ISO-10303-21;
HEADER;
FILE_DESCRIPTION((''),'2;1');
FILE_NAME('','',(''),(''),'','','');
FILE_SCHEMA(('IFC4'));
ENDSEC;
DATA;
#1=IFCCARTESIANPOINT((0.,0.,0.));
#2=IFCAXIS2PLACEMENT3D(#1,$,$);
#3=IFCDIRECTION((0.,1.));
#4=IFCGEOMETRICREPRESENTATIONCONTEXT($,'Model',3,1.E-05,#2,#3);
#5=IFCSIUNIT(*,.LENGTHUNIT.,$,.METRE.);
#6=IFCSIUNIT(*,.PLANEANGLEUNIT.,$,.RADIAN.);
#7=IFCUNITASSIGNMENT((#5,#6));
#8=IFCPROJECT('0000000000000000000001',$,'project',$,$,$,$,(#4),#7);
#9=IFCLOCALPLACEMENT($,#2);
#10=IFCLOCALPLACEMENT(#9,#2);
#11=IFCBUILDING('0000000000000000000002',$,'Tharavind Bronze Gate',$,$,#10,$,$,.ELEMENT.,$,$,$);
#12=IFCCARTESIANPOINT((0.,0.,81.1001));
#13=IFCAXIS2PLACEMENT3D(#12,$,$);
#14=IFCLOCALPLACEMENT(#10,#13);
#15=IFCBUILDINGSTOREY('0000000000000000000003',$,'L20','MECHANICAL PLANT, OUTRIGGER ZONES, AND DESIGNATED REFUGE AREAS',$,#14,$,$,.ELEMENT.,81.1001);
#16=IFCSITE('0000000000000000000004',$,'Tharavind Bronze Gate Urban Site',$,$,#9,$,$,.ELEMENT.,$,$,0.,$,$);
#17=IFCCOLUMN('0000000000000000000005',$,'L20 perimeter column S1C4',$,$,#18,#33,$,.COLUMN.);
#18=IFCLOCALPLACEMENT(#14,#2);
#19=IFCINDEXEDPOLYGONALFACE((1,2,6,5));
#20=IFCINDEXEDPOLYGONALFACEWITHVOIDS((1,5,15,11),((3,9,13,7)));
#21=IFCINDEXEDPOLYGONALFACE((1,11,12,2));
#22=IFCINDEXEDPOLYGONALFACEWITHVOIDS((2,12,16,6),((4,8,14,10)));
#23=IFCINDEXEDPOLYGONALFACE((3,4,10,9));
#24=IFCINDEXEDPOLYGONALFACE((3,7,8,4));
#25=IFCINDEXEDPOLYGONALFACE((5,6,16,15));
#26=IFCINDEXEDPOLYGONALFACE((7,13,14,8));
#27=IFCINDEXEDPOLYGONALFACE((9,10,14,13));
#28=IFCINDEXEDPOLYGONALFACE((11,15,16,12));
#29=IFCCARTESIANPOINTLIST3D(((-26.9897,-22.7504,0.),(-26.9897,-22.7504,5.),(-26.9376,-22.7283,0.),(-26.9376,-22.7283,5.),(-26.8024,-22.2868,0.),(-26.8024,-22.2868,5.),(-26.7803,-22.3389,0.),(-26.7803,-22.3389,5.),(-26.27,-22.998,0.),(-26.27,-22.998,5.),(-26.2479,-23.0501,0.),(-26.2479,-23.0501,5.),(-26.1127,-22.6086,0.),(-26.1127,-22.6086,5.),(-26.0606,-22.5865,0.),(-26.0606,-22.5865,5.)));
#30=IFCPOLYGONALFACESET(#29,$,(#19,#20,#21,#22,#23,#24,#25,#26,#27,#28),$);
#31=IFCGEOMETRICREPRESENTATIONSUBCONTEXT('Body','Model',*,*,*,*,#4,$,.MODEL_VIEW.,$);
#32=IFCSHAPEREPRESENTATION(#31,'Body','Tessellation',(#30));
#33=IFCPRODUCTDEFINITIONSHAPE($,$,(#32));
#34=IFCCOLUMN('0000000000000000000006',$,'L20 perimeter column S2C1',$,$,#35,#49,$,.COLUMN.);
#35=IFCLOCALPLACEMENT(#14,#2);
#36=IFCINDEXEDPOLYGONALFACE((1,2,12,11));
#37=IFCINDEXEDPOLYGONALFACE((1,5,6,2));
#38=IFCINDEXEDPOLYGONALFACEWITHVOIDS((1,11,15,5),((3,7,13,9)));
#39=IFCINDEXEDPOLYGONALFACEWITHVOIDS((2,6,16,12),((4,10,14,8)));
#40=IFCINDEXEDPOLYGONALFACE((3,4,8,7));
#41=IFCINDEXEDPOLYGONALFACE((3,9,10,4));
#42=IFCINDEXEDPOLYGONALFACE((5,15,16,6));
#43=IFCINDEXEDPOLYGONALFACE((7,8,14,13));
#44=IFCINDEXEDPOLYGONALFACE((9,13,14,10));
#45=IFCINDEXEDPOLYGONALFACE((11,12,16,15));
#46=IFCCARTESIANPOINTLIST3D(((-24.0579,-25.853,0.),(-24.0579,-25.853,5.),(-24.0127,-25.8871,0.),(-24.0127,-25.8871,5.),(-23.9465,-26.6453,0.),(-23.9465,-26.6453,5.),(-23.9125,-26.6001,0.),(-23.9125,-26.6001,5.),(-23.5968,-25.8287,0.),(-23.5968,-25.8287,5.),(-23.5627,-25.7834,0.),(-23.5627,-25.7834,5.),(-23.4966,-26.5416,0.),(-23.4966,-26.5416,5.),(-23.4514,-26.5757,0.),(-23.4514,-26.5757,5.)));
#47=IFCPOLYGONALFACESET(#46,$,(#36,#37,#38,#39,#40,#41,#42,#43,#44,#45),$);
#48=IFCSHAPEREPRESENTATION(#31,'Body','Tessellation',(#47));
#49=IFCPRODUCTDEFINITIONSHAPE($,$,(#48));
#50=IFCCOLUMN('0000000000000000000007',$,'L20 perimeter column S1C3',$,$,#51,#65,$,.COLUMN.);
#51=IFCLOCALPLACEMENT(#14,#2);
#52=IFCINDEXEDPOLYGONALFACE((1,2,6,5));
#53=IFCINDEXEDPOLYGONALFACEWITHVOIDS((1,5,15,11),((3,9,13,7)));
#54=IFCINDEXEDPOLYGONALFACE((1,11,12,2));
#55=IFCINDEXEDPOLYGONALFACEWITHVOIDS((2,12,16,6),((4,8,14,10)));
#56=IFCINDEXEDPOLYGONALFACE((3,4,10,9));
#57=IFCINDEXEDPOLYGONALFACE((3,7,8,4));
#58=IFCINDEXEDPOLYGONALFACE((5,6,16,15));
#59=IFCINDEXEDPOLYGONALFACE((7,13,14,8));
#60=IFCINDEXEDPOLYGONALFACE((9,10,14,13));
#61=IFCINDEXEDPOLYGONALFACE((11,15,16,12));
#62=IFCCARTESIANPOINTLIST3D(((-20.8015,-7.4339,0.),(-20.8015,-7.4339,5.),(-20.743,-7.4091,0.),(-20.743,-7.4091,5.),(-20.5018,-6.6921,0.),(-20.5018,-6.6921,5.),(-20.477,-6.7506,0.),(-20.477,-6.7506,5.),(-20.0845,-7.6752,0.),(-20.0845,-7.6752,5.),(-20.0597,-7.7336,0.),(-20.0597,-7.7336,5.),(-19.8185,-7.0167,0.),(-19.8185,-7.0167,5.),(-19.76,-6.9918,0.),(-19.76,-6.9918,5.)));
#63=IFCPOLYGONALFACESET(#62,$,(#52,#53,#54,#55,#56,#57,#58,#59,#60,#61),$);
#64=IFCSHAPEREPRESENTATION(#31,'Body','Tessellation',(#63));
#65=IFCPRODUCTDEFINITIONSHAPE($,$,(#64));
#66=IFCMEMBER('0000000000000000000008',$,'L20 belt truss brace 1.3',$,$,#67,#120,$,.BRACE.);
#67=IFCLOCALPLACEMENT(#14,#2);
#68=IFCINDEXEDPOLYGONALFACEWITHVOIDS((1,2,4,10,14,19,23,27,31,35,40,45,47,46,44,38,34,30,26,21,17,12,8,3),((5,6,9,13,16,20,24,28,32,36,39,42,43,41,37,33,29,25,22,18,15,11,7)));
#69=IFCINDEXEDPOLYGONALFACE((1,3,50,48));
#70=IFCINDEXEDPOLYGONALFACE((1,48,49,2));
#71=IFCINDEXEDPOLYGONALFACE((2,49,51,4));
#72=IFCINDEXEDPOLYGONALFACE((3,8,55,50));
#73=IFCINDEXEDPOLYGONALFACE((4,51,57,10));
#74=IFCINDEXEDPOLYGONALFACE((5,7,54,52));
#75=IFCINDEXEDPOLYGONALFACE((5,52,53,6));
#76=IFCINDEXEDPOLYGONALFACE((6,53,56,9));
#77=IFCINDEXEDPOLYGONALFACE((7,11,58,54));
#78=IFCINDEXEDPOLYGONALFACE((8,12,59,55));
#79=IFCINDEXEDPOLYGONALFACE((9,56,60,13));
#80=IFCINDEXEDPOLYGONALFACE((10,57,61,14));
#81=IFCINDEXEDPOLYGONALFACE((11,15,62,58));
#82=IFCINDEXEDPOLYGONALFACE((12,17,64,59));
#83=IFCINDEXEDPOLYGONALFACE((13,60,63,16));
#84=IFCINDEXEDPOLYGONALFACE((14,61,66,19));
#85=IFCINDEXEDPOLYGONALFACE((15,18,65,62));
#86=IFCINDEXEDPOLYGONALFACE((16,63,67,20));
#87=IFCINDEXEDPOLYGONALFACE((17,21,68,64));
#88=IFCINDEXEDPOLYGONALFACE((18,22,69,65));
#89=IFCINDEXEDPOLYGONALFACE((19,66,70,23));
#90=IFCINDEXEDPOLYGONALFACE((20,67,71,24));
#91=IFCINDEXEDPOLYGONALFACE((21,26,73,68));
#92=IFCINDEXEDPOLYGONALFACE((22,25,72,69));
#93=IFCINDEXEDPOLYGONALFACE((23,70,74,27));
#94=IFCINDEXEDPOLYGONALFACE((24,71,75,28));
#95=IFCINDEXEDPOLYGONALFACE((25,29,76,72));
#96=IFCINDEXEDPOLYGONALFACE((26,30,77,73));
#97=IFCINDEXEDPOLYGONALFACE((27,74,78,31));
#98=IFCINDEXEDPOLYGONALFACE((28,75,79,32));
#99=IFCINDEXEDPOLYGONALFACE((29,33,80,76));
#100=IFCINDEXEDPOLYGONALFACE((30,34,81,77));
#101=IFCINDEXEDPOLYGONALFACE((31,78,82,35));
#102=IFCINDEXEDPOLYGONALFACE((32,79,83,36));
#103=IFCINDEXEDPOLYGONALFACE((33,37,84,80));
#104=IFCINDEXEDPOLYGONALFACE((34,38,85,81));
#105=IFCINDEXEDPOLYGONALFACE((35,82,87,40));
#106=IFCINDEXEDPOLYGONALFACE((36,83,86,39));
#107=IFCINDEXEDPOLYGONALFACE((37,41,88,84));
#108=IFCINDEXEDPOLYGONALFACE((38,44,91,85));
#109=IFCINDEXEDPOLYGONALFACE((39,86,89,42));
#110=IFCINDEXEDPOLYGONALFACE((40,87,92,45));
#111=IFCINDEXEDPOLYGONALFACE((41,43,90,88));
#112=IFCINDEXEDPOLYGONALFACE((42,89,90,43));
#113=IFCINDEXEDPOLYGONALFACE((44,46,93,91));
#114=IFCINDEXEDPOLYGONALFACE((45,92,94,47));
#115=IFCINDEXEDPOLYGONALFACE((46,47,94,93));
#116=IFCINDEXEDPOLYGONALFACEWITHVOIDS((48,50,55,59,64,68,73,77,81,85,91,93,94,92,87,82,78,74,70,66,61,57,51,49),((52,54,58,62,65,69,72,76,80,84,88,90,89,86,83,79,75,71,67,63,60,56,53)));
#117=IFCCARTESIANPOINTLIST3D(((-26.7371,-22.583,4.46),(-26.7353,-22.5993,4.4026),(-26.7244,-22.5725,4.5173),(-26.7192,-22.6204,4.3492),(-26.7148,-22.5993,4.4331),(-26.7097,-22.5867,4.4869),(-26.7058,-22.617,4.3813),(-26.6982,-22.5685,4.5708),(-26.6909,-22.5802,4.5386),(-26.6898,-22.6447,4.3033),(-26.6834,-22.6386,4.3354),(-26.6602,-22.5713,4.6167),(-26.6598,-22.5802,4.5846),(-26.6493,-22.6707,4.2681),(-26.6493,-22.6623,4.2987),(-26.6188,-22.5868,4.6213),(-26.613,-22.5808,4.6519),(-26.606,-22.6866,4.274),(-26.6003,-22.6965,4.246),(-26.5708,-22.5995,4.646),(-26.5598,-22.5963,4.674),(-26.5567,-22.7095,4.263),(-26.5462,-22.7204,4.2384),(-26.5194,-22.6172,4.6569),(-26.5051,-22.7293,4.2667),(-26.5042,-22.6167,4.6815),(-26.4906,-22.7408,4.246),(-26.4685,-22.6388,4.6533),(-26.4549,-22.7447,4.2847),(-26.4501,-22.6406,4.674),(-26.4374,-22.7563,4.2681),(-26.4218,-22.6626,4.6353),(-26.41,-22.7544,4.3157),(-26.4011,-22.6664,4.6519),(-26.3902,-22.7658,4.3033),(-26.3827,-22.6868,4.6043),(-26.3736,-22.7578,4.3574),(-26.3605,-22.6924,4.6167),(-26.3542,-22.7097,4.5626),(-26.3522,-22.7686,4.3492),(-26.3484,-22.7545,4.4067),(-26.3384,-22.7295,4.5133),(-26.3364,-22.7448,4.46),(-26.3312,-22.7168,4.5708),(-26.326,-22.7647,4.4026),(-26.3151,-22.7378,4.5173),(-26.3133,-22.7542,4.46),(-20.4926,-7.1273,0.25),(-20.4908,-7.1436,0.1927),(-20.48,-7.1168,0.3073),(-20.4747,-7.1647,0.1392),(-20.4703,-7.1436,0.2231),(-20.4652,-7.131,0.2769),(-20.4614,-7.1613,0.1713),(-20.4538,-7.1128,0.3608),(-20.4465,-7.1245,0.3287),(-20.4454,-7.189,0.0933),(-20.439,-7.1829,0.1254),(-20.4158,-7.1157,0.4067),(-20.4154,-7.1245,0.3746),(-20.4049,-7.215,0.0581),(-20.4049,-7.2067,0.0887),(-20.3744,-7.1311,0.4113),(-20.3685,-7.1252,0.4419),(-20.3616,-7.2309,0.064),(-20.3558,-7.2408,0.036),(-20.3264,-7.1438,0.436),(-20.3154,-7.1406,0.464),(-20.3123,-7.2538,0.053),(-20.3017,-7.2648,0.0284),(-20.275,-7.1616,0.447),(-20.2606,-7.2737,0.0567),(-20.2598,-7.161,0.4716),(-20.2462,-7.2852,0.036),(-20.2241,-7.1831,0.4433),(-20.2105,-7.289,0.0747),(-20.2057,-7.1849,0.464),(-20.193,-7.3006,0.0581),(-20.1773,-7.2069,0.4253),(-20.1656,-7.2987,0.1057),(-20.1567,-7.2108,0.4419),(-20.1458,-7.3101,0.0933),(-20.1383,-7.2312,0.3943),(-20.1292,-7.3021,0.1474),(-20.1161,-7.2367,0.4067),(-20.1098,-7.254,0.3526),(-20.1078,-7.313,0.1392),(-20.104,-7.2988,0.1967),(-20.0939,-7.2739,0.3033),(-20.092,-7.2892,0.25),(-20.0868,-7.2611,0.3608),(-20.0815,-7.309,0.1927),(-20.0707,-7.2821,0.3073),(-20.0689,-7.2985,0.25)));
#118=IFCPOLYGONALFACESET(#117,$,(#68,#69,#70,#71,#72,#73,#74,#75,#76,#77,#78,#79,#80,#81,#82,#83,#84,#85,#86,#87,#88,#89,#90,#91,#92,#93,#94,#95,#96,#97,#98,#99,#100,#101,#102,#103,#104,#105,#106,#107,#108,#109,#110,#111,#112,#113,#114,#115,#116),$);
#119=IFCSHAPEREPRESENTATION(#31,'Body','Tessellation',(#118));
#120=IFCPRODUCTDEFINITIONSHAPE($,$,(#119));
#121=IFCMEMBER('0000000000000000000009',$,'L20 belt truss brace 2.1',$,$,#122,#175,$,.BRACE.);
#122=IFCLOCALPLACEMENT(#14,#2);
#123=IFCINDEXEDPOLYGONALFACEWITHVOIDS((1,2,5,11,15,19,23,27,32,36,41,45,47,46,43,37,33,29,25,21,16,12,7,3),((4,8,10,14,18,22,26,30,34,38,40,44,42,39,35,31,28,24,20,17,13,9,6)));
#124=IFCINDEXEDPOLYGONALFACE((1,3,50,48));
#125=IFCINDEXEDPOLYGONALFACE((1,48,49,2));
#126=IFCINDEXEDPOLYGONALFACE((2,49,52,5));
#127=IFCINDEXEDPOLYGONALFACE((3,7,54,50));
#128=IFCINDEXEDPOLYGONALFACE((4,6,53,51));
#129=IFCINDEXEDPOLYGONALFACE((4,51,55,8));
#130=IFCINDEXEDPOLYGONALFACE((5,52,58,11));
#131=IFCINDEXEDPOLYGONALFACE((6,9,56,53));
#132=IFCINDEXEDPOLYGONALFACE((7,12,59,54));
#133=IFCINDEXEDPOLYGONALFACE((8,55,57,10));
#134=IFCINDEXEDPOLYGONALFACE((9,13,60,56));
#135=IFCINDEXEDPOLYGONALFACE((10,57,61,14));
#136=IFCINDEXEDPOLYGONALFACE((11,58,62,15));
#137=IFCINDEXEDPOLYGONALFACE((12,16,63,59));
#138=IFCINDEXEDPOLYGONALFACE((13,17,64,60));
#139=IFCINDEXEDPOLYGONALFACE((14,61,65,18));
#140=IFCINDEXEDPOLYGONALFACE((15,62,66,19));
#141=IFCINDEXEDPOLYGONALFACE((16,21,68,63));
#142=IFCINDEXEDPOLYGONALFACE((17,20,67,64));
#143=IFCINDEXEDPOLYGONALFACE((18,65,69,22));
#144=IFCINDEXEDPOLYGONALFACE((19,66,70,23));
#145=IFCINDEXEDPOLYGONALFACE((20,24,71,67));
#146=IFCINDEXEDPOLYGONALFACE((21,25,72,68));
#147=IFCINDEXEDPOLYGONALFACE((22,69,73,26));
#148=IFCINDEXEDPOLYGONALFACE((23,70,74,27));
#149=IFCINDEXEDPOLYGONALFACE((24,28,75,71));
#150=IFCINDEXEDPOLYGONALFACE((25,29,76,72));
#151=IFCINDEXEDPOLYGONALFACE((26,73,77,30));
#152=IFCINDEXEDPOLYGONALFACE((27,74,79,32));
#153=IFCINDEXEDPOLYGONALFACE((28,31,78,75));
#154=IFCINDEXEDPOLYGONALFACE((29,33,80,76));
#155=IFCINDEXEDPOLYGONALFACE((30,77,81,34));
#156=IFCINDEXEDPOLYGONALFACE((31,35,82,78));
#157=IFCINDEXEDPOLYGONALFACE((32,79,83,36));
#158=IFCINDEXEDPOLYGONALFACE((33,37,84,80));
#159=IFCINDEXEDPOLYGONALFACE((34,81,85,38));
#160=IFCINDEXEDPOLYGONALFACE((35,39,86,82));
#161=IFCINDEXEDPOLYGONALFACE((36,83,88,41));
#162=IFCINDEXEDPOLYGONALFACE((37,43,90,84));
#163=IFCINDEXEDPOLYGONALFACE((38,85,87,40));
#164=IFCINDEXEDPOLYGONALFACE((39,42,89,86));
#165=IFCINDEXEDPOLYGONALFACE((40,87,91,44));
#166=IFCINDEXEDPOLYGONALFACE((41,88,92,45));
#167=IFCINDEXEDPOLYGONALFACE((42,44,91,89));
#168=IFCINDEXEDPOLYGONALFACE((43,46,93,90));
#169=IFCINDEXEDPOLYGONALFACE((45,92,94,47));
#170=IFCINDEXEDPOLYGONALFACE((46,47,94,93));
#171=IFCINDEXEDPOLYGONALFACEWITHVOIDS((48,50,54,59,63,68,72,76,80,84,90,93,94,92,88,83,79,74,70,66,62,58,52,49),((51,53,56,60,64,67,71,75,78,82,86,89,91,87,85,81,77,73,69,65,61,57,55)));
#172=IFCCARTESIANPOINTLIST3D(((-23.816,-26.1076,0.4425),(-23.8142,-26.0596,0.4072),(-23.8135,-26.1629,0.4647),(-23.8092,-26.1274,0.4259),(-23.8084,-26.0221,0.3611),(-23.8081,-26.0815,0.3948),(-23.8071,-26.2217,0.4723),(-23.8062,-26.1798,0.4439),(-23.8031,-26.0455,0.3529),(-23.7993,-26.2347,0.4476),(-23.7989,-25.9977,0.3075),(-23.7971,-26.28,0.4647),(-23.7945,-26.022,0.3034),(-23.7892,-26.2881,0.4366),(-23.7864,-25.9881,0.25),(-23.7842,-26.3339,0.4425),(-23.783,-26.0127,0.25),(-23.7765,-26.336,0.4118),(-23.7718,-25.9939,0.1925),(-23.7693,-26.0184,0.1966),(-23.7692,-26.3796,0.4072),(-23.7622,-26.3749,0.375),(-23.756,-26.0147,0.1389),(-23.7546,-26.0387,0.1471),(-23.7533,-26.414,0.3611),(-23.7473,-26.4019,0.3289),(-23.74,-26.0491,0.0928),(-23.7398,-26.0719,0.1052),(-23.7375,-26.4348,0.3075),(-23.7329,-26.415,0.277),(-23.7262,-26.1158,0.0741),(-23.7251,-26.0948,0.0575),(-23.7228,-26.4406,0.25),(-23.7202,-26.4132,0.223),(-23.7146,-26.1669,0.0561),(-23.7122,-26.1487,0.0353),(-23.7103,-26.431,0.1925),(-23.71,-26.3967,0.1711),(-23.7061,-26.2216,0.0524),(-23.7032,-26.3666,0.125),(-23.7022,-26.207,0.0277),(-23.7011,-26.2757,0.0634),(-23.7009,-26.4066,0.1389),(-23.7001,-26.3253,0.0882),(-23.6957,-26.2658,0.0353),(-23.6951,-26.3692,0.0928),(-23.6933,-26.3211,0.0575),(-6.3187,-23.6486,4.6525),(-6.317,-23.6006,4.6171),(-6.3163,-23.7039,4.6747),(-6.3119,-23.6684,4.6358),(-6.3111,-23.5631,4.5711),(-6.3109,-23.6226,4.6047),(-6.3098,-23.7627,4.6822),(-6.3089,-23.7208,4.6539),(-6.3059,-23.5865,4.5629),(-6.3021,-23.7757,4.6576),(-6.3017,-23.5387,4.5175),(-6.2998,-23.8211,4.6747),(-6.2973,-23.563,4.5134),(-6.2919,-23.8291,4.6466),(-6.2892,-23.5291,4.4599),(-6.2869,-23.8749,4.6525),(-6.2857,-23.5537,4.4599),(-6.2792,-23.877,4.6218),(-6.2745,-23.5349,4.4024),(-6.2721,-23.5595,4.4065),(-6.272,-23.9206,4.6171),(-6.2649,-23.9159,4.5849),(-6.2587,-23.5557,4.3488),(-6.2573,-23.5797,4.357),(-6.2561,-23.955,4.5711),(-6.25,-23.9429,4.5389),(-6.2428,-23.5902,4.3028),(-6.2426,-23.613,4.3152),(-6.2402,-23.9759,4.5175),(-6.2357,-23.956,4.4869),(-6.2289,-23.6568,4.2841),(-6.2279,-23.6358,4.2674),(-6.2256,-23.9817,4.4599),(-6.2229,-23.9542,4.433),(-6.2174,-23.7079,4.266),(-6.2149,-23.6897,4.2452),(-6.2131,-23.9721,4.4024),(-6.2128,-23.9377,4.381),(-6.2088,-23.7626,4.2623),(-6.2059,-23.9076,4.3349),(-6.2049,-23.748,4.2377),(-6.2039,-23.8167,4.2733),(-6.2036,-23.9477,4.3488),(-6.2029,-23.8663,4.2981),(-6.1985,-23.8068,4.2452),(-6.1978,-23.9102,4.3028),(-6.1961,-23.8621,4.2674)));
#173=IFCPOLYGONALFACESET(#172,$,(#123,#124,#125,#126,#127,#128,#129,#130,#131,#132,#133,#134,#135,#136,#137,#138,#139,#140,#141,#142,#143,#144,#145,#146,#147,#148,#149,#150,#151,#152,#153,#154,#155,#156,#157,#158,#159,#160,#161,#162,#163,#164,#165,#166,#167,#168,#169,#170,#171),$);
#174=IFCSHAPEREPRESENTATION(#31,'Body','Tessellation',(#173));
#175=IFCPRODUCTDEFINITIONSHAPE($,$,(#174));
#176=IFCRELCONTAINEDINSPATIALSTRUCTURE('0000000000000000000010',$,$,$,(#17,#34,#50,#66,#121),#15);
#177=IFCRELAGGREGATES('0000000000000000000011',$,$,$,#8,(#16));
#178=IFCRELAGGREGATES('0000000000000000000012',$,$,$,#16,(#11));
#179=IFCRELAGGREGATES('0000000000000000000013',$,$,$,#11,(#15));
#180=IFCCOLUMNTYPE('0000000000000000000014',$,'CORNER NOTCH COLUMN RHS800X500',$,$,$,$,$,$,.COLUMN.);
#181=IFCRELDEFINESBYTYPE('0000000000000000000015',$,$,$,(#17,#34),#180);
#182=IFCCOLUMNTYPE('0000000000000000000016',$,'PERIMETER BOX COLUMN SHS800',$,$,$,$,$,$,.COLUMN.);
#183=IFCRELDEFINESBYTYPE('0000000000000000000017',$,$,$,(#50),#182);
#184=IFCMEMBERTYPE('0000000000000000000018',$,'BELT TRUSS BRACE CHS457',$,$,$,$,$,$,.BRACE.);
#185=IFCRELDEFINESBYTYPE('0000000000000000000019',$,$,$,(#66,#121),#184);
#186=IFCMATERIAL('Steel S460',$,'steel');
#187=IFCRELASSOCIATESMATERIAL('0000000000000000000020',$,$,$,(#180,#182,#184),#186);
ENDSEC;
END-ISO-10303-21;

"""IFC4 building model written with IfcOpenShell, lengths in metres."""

from ifc_helpers import new_model, si_unit, direction, frame, origin, origin_2d, place, context, subcontext, project, spatial, hollow_rectangle, hollow_circle, extrude, material, material_profile, profile_set, type_object, element, save


model = new_model("IFC4")

# Units and contexts
model_context = context("Model", 3, precision=1e-05, world=origin(), true_north=direction((0.0, 1.0)))
body_context = subcontext(model_context, "Body", "Model", "MODEL_VIEW")
ifc_project = project(units=[si_unit("LENGTHUNIT", "METRE"), si_unit("PLANEANGLEUNIT", "RADIAN")], contexts=[model_context])

# Site, building, storey
site_placement = place(None, origin())
site = spatial("IfcSite", under=ifc_project, at=site_placement, Name="Tharavind Bronze Gate Urban Site", CompositionType="ELEMENT", RefElevation=0.0)
building_placement = place(site_placement, origin())
building = spatial("IfcBuilding", under=site, at=building_placement, Name="Tharavind Bronze Gate", CompositionType="ELEMENT")
storey_placement = place(building_placement, frame((0.0, 0.0, 81.1001)))
storey = spatial("IfcBuildingStorey", under=building, at=storey_placement, Name="L20", Description="MECHANICAL PLANT, OUTRIGGER ZONES, AND DESIGNATED REFUGE AREAS", CompositionType="ELEMENT", Elevation=81.1001)

# Columns
ifc_material_1 = material(Name="Steel S460", Category="steel")
ifc_material_profile_1 = material_profile(ifc_material_1, hollow_rectangle(XDim=0.5, YDim=0.8, WallThickness=0.04, at=origin_2d()), Name="RHS800X500X40")
ifc_profile_set_1 = profile_set([ifc_material_profile_1], Name="Steel S460")
column_type_1 = type_object("IfcColumnType", Name="CORNER NOTCH COLUMN RHS800X500", PredefinedType="COLUMN", material=ifc_profile_set_1)
for number, where, z_axis, x_axis, name in (
    (1, (-26.5251, -22.6685, 0.0), (0.0, 0.0, 1.0), (0.374608, 0.927183, 0.0), "L20 perimeter column S1C4"),
    (2, (-23.7546, -26.2144, 0.0), (0.0, 0.0, 1.0), (0.990268, 0.139173, 0.0), "L20 perimeter column S2C1"),
):
    element("IfcColumn", number, at=place(storey_placement, frame(where, z_axis=z_axis, x_axis=x_axis)), inside=storey, type_object=column_type_1, Name=name, PredefinedType="COLUMN", context=body_context, shape_type="SweptSolid", body=[
        extrude(hollow_rectangle(XDim=0.5, YDim=0.8, WallThickness=0.04, at=origin_2d()), origin(), (0.0, 0.0, 1.0), 5.0),
    ])
ifc_material_profile_2 = material_profile(ifc_material_1, hollow_rectangle(XDim=0.8, YDim=0.8, WallThickness=0.0449, at=origin_2d()), Name="SHS800X45")
ifc_profile_set_2 = profile_set([ifc_material_profile_2], Name="Steel S460")
column_type_2 = type_object("IfcColumnType", Name="PERIMETER BOX COLUMN SHS800", PredefinedType="COLUMN", material=ifc_profile_set_2)
column_placement = place(storey_placement, frame((-20.2808, -7.2129, 0.0), z_axis=(0.0, 0.0, 1.0), x_axis=(0.374608, 0.927183, 0.0)))
element("IfcColumn", 3, at=column_placement, inside=storey, type_object=column_type_2, Name="L20 perimeter column S1C3", PredefinedType="COLUMN", context=body_context, shape_type="SweptSolid", body=[
    extrude(hollow_rectangle(XDim=0.8, YDim=0.8, WallThickness=0.0449, at=origin_2d()), origin(), (0.0, 0.0, 1.0), 5.0),
])

# Members
ifc_material_profile_3 = material_profile(ifc_material_1, hollow_circle(Radius=0.2285, WallThickness=0.0249, at=origin_2d()), Name="CHS457X25")
ifc_profile_set_3 = profile_set([ifc_material_profile_3], Name="Steel S460")
member_type_1 = type_object("IfcMemberType", Name="BELT TRUSS BRACE CHS457", PredefinedType="BRACE", material=ifc_profile_set_3)
member_1_placement = place(storey_placement, frame((-20.2808, -7.2129, 0.25), z_axis=(-0.363199, -0.898958, 0.244868), x_axis=(0.927185, -0.374603, 0.0)))
element("IfcMember", 4, at=member_1_placement, inside=storey, type_object=member_type_1, Name="L20 belt truss brace 1.3", PredefinedType="BRACE", context=body_context, shape_type="SweptSolid", body=[
    extrude(hollow_circle(Radius=0.2285, WallThickness=0.0249, at=origin_2d()), origin(), (0.0, 0.0, 1.0), 17.1929),
])
member_2_placement = place(storey_placement, frame((-23.7546, -26.2144, 0.25), z_axis=(0.963303, 0.135378, 0.231777), x_axis=(-0.139167, 0.990269, 0.0)))
element("IfcMember", 5, at=member_2_placement, inside=storey, type_object=member_type_1, Name="L20 belt truss brace 2.1", PredefinedType="BRACE", context=body_context, shape_type="SweptSolid", body=[
    extrude(hollow_circle(Radius=0.2285, WallThickness=0.0249, at=origin_2d()), origin(), (0.0, 0.0, 1.0), 18.1638),
])

save(model, "model.ifc")
